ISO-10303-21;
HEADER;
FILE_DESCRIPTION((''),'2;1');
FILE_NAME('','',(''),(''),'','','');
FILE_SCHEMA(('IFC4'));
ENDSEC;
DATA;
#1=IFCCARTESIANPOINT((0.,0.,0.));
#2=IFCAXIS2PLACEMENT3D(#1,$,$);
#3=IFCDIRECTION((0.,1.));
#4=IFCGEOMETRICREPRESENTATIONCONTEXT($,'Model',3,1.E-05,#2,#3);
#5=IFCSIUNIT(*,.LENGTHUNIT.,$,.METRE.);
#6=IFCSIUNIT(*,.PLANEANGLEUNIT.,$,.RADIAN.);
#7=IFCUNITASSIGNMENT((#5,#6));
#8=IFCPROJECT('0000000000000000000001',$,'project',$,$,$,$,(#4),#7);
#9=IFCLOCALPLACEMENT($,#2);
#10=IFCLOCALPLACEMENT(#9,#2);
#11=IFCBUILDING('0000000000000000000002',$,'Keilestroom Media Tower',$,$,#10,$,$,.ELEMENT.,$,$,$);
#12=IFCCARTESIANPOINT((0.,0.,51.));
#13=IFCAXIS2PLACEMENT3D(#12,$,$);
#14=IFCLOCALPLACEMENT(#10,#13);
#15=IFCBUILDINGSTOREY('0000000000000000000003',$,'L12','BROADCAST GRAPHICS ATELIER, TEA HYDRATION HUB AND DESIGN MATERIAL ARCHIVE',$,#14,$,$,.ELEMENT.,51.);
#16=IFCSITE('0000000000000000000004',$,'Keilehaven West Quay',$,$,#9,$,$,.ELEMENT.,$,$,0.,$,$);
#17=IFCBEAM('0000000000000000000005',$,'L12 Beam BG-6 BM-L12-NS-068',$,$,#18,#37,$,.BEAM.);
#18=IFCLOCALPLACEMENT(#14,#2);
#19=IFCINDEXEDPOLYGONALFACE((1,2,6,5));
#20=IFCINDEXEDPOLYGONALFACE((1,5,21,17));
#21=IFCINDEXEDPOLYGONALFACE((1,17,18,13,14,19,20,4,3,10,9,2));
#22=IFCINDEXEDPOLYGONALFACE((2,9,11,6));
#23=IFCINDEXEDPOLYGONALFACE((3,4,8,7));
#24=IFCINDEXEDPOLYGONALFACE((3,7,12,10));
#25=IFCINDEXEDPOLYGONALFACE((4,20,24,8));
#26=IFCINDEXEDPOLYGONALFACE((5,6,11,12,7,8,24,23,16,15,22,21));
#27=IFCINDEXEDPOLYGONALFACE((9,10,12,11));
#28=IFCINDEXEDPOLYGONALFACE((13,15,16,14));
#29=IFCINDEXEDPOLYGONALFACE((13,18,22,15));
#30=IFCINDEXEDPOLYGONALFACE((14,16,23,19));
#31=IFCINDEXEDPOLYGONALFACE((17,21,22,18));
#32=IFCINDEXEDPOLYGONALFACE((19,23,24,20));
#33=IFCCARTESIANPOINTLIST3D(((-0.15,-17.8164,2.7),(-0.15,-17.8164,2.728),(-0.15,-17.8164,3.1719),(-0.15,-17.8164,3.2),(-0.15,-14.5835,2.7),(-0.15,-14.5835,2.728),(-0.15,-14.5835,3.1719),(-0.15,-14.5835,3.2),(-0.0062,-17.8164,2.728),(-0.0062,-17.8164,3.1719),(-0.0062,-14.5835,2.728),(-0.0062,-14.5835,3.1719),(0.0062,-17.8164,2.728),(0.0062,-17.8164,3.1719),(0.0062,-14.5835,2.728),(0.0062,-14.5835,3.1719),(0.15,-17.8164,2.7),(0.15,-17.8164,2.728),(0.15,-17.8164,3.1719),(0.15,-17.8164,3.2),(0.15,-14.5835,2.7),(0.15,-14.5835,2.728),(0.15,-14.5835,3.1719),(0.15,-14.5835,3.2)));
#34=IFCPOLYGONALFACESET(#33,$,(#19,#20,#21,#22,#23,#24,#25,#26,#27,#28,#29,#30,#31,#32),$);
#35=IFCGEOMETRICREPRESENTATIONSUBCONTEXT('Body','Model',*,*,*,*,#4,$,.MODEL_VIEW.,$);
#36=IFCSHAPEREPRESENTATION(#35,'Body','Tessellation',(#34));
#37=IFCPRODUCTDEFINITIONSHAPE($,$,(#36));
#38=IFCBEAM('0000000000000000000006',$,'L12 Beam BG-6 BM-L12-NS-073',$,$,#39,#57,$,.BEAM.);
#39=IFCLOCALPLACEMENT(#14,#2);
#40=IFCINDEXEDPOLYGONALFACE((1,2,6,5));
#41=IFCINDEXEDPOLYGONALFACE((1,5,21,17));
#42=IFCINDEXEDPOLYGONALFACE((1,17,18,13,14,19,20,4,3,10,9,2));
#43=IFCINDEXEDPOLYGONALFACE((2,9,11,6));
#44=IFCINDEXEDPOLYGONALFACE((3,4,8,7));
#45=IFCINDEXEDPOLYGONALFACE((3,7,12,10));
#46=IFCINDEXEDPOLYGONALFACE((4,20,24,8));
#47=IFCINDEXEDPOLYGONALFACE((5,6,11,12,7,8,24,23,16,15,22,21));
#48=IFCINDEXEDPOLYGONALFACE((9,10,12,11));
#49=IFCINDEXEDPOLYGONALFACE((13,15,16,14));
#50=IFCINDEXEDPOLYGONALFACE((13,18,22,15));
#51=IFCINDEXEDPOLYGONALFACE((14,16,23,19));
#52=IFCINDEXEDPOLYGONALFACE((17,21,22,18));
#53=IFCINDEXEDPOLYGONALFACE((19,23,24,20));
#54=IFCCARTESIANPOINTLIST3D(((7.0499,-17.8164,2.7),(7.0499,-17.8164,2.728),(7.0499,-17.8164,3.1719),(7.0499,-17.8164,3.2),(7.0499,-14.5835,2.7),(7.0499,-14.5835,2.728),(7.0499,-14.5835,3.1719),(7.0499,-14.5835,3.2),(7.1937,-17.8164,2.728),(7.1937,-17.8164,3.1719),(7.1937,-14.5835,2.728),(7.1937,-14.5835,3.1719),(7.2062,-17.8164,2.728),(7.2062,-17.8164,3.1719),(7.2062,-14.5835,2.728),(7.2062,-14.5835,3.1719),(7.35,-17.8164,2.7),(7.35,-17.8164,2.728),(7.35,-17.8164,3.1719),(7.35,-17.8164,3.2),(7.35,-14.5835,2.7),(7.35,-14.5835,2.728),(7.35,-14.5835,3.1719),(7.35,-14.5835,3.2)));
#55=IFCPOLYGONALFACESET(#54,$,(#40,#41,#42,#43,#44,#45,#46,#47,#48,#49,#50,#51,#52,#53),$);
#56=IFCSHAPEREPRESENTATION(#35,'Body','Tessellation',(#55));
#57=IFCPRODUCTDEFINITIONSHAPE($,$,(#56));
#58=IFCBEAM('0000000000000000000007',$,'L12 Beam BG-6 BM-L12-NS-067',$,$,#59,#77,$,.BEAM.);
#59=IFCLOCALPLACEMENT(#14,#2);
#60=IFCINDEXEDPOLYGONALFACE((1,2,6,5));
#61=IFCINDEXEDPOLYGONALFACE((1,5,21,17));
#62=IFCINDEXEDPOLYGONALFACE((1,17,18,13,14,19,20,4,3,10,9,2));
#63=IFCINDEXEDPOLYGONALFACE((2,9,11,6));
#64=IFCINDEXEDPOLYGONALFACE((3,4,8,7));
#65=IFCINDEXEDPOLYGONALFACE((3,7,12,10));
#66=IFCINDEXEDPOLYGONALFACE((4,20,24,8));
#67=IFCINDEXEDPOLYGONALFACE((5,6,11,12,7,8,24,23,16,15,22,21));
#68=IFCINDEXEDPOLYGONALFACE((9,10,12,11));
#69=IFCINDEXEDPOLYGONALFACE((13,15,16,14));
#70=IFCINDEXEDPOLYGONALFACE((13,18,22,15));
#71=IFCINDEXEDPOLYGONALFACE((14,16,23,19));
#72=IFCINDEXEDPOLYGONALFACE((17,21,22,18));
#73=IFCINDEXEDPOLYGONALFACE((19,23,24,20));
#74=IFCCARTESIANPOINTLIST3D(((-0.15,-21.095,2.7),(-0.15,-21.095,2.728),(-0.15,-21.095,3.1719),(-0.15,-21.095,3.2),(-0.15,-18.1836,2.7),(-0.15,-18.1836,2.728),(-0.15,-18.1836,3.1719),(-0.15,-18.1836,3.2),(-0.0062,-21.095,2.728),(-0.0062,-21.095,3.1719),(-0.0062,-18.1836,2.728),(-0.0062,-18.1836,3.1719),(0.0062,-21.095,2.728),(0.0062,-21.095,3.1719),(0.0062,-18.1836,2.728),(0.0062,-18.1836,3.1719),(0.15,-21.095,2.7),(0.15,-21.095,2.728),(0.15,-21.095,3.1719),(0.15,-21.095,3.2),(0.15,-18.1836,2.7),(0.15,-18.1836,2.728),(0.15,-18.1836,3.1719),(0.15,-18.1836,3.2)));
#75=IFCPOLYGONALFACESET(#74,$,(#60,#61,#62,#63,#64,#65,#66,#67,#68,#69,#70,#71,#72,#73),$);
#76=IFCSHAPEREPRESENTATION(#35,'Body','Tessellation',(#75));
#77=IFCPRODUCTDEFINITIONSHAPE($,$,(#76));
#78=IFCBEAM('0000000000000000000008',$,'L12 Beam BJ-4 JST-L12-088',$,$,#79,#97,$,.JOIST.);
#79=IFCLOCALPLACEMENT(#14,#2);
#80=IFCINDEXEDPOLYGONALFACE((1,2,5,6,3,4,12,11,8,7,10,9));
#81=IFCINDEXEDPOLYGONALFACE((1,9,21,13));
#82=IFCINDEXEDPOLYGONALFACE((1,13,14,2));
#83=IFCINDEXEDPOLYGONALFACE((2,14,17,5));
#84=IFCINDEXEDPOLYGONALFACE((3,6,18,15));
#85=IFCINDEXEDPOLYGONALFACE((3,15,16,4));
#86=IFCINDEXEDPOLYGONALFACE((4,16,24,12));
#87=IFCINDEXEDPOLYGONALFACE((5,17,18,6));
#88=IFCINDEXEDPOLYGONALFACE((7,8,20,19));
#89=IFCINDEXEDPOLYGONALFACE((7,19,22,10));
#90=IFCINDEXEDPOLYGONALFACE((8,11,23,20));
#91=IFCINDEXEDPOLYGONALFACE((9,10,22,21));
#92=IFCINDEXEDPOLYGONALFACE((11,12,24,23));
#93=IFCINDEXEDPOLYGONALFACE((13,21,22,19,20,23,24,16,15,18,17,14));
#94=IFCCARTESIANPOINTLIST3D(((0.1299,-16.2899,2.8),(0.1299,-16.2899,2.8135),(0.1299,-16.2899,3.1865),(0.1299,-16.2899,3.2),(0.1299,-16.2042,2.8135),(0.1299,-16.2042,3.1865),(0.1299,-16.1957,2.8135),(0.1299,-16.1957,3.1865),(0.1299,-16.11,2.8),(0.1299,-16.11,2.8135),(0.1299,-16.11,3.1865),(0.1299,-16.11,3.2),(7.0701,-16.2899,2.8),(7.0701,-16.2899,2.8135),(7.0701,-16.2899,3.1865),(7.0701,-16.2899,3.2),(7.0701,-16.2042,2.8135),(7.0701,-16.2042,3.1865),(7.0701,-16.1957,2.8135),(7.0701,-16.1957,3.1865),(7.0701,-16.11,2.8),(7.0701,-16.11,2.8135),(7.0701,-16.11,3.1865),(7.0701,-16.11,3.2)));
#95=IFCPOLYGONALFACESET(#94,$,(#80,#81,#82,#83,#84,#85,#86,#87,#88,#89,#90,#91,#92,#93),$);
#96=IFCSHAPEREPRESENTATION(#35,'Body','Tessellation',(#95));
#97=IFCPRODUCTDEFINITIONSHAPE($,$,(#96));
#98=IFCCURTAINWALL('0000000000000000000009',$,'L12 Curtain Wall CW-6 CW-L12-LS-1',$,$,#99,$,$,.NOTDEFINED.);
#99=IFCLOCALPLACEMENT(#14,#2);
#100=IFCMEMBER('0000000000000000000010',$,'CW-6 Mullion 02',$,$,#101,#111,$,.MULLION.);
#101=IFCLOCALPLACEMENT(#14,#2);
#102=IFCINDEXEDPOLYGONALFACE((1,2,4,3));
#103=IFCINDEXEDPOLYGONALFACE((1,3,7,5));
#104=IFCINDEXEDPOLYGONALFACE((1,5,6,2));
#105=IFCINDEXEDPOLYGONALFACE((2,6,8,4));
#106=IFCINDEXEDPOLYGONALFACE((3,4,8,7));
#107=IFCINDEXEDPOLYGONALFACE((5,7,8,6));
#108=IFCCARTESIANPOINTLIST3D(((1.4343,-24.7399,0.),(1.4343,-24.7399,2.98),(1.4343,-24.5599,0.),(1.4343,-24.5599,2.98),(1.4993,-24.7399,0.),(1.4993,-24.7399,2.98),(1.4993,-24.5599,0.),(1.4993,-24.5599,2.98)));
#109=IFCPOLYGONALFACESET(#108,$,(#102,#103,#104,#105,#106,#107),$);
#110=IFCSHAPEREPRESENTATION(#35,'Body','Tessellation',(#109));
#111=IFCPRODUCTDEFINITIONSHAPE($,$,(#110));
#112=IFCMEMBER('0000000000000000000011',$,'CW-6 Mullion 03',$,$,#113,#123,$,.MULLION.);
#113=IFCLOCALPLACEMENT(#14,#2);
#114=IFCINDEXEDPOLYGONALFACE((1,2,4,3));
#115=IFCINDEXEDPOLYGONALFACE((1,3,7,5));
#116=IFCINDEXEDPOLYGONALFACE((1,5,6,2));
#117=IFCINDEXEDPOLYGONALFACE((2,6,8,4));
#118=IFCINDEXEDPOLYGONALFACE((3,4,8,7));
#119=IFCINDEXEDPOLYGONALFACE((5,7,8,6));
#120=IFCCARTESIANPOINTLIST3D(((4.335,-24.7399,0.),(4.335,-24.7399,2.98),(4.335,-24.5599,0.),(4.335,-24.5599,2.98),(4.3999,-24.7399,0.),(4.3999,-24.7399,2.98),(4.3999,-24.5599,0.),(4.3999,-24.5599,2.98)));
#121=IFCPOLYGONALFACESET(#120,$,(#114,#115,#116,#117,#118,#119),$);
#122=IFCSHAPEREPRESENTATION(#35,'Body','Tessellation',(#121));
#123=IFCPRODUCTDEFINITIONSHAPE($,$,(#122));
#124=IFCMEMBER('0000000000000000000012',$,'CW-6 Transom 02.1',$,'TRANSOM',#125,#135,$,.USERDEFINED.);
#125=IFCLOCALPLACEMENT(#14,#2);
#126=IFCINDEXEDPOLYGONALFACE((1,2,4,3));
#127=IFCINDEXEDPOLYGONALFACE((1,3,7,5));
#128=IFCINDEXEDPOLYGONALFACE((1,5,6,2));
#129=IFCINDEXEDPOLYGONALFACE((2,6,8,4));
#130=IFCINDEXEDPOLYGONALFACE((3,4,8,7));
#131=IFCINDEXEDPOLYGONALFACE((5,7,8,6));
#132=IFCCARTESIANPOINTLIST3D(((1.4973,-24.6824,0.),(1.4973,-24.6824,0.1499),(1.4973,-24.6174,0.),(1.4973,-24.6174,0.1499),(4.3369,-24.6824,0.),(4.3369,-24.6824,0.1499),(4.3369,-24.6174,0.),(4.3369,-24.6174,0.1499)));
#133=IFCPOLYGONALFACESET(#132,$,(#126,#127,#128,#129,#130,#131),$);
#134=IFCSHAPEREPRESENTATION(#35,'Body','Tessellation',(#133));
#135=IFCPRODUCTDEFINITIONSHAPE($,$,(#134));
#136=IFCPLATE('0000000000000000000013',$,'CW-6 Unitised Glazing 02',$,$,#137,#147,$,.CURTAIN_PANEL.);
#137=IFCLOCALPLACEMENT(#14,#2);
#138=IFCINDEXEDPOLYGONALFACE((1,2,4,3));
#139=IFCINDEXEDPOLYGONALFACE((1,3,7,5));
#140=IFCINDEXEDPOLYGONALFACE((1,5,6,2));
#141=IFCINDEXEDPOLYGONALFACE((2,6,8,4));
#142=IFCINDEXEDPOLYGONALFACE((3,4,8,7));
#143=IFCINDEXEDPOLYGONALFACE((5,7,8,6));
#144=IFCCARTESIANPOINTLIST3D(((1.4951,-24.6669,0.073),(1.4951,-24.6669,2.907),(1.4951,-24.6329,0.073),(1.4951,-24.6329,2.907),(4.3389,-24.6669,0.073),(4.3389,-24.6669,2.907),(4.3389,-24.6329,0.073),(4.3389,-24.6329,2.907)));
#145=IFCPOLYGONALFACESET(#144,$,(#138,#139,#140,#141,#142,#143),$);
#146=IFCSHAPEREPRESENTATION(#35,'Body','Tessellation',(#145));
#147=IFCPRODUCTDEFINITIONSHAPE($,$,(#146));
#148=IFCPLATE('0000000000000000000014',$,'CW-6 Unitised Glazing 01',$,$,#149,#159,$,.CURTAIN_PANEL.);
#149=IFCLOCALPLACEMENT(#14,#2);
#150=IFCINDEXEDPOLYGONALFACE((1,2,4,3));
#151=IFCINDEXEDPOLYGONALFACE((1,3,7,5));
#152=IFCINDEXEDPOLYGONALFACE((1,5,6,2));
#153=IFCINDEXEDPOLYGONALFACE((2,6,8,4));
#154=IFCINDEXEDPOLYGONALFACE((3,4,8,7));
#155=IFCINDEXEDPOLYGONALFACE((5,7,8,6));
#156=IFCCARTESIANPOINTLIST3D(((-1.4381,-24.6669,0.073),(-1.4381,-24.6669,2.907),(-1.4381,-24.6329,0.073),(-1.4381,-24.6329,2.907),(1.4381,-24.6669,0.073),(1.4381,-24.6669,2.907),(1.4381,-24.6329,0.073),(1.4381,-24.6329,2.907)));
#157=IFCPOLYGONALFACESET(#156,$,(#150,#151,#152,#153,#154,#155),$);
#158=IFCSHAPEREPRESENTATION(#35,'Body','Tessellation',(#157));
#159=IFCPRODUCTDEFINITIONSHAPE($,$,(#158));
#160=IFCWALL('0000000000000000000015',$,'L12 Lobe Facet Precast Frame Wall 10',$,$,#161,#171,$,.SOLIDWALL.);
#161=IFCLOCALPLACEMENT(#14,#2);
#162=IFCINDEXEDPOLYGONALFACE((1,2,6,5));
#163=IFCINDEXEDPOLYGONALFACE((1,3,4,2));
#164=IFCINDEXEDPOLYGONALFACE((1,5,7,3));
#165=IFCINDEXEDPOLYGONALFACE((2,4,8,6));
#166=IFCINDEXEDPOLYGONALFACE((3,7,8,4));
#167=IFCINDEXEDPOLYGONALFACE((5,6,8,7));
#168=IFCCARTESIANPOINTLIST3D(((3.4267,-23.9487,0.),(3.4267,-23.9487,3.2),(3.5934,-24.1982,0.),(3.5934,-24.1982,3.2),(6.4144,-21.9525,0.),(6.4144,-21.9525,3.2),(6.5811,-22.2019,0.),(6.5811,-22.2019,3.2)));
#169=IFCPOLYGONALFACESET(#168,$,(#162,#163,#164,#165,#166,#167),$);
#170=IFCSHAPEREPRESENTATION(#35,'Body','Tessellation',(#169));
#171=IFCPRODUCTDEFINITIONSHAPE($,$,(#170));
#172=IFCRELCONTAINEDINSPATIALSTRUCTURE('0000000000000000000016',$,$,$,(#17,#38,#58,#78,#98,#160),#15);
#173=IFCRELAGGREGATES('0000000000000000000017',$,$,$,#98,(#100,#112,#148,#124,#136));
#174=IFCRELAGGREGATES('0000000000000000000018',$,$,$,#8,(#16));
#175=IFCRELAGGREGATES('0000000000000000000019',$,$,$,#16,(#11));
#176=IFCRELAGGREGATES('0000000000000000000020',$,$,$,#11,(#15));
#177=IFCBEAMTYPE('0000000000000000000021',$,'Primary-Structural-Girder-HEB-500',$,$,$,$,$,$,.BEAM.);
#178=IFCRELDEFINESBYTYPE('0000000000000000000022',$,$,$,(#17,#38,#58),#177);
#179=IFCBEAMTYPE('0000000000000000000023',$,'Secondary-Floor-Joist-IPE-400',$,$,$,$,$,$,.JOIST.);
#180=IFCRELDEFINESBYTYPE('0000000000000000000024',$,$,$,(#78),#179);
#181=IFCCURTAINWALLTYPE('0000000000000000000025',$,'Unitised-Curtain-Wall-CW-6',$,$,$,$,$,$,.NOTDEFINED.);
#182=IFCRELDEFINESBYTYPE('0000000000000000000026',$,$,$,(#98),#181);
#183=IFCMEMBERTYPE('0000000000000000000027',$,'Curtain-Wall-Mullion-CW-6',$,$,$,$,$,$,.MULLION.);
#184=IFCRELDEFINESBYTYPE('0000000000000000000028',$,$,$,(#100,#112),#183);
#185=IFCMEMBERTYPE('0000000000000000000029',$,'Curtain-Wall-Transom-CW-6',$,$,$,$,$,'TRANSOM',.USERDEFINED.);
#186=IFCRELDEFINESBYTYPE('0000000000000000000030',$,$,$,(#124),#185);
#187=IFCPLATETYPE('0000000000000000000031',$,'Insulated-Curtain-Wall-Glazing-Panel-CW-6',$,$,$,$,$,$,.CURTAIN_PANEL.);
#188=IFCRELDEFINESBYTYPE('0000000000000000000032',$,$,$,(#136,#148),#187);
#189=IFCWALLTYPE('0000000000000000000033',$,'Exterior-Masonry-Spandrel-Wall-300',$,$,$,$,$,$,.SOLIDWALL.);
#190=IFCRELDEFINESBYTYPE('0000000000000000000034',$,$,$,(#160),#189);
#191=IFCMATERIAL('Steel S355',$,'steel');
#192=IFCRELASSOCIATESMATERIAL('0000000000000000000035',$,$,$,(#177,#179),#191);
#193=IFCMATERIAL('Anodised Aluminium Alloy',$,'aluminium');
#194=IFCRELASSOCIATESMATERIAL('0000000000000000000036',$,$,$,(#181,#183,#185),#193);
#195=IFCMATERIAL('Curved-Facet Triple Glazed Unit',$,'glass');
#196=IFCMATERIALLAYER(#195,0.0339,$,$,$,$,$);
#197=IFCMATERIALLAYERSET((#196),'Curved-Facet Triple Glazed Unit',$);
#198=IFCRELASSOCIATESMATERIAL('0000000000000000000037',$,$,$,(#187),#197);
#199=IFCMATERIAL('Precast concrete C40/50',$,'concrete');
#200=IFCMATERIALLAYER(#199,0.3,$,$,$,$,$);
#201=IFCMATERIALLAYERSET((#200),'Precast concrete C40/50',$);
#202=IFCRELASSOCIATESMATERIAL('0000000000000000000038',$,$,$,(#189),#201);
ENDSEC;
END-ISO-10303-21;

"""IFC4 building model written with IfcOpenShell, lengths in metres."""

from ifc_helpers import new_model, si_unit, direction, frame, frame_2d, origin, origin_2d, place, context, subcontext, project, spatial, rectangle, i_section, extrude, source, transform, mapped, material, layer, layer_set, material_profile, profile_set, type_object, element, aggregate, save


model = new_model("IFC4")

# Units and contexts
model_context = context("Model", 3, precision=1e-05, world=origin(), true_north=direction((0.0, 1.0)))
body_context = subcontext(model_context, "Body", "Model", "MODEL_VIEW")
ifc_project = project(units=[si_unit("LENGTHUNIT", "METRE"), si_unit("PLANEANGLEUNIT", "RADIAN")], contexts=[model_context])

# Site, building, storey
site_placement = place(None, origin())
site = spatial("IfcSite", under=ifc_project, at=site_placement, Name="Keilehaven West Quay", CompositionType="ELEMENT", RefElevation=0.0)
building_placement = place(site_placement, origin())
building = spatial("IfcBuilding", under=site, at=building_placement, Name="Keilestroom Media Tower", CompositionType="ELEMENT")
storey_placement = place(building_placement, frame((0.0, 0.0, 51.0)))
storey = spatial("IfcBuildingStorey", under=building, at=storey_placement, Name="L12", Description="BROADCAST GRAPHICS ATELIER, TEA HYDRATION HUB AND DESIGN MATERIAL ARCHIVE", CompositionType="ELEMENT", Elevation=51.0)

# Beams
ifc_material_1 = material(Name="Steel S355", Category="steel")
ifc_material_profile_1 = material_profile(ifc_material_1, i_section(OverallWidth=0.3, OverallDepth=0.5, WebThickness=0.0125, FlangeThickness=0.0281, at=origin_2d()), Name="HEB 500")
ifc_profile_set_1 = profile_set([ifc_material_profile_1], Name="Steel S355")
beam_type_1 = type_object("IfcBeamType", Name="Primary-Structural-Girder-HEB-500", PredefinedType="BEAM", material=ifc_profile_set_1)
shared_shape_1 = source(origin(), body_context, "Body", "SweptSolid", [
    extrude(i_section(OverallWidth=0.3, OverallDepth=0.5, WebThickness=0.0125, FlangeThickness=0.0281, at=origin_2d()), origin(), (0.0, 0.0, 1.0), 3.2329),
])
for number, where, z_axis, x_axis, name in (
    (1, (0.0, -17.8164, 2.95), (0.0, 1.0, 0.0), (-1.0, 0.0, 0.0), "L12 Beam BG-6 BM-L12-NS-068"),
    (2, (7.2, -17.8164, 2.95), (0.0, 1.0, 0.0), (-1.0, 0.0, 0.0), "L12 Beam BG-6 BM-L12-NS-073"),
):
    element("IfcBeam", number, at=place(storey_placement, frame(where, z_axis=z_axis, x_axis=x_axis)), inside=storey, type_object=beam_type_1, Name=name, PredefinedType="BEAM", context=body_context, shape_type="MappedRepresentation", body=[
        mapped(shared_shape_1, transform((0.0, 0.0, 0.0), x_axis=(1.0, 0.0, 0.0), y_axis=(0.0, 1.0, 0.0), z_axis=(0.0, 0.0, 1.0), scale=1.0)),
    ])
shared_shape_2 = source(origin(), body_context, "Body", "SweptSolid", [
    extrude(i_section(OverallWidth=0.3, OverallDepth=0.5, WebThickness=0.0125, FlangeThickness=0.0281, at=origin_2d()), origin(), (0.0, 0.0, 1.0), 2.9114),
])
beam_1_placement = place(storey_placement, frame((0.0, -21.095, 2.95), z_axis=(0.0, 1.0, 0.0), x_axis=(-1.0, 0.0, 0.0)))
element("IfcBeam", 3, at=beam_1_placement, inside=storey, type_object=beam_type_1, Name="L12 Beam BG-6 BM-L12-NS-067", PredefinedType="BEAM", context=body_context, shape_type="MappedRepresentation", body=[
    mapped(shared_shape_2, transform((0.0, 0.0, 0.0), x_axis=(1.0, 0.0, 0.0), y_axis=(0.0, 1.0, 0.0), z_axis=(0.0, 0.0, 1.0), scale=1.0)),
])
ifc_material_profile_2 = material_profile(ifc_material_1, i_section(OverallWidth=0.1799, OverallDepth=0.3999, WebThickness=0.0085, FlangeThickness=0.0134, at=origin_2d()), Name="IPE 400")
ifc_profile_set_2 = profile_set([ifc_material_profile_2], Name="Steel S355")
beam_type_2 = type_object("IfcBeamType", Name="Secondary-Floor-Joist-IPE-400", PredefinedType="JOIST", material=ifc_profile_set_2)
shared_shape_3 = source(origin(), body_context, "Body", "SweptSolid", [
    extrude(i_section(OverallWidth=0.1799, OverallDepth=0.3999, WebThickness=0.0085, FlangeThickness=0.0134, at=origin_2d()), origin(), (0.0, 0.0, 1.0), 6.9402),
])
beam_2_placement = place(storey_placement, frame((0.1299, -16.2, 3.0), z_axis=(1.0, 0.0, 0.0), x_axis=(0.0, 1.0, 0.0)))
element("IfcBeam", 4, at=beam_2_placement, inside=storey, type_object=beam_type_2, Name="L12 Beam BJ-4 JST-L12-088", PredefinedType="JOIST", context=body_context, shape_type="MappedRepresentation", body=[
    mapped(shared_shape_3, transform((0.0, 0.0, 0.0), x_axis=(1.0, 0.0, 0.0), y_axis=(0.0, 1.0, 0.0), z_axis=(0.0, 0.0, 1.0), scale=1.0)),
])

# Curtain wall, members, plates
ifc_material_2 = material(Name="Anodised Aluminium Alloy", Category="aluminium")
curtain_wall_type = type_object("IfcCurtainWallType", Name="Unitised-Curtain-Wall-CW-6", PredefinedType="NOTDEFINED", material=ifc_material_2)
curtain_wall_placement = place(storey_placement, origin())
curtain_wall = element("IfcCurtainWall", 5, at=curtain_wall_placement, inside=storey, type_object=curtain_wall_type, Name="L12 Curtain Wall CW-6 CW-L12-LS-1", PredefinedType="NOTDEFINED")
ifc_material_profile_3 = material_profile(ifc_material_2, rectangle(XDim=0.0649, YDim=0.1799, at=origin_2d()), Name="ALU MULLION 65x180")
ifc_profile_set_3 = profile_set([ifc_material_profile_3], Name="Anodised Aluminium Alloy")
member_type_1 = type_object("IfcMemberType", Name="Curtain-Wall-Mullion-CW-6", PredefinedType="MULLION", material=ifc_profile_set_3)
shared_shape_4 = source(origin(), body_context, "Body", "SweptSolid", [
    extrude(rectangle(XDim=0.0649, YDim=0.1799, at=origin_2d()), origin(), (0.0, 0.0, 1.0), 2.98),
])
member_1_placement = place(storey_placement, frame((1.4668, -24.6499, 0.0), z_axis=(0.0, 0.0, 1.0), x_axis=(1.0, 0.0, 0.0)))
member_1 = element("IfcMember", 6, at=member_1_placement, type_object=member_type_1, Name="CW-6 Mullion 02", PredefinedType="MULLION", context=body_context, shape_type="MappedRepresentation", body=[
    mapped(shared_shape_4, transform((0.0, 0.0, 0.0), x_axis=(1.0, 0.0, 0.0), y_axis=(0.0, 1.0, 0.0), z_axis=(0.0, 0.0, 1.0), scale=1.0)),
])
member_2_placement = place(storey_placement, frame((4.3674, -24.6499, 0.0), z_axis=(0.0, 0.0, 1.0), x_axis=(1.0, 0.0, 0.0)))
member_2 = element("IfcMember", 7, at=member_2_placement, type_object=member_type_1, Name="CW-6 Mullion 03", PredefinedType="MULLION", context=body_context, shape_type="MappedRepresentation", body=[
    mapped(shared_shape_4, transform((0.0, 0.0, 0.0), x_axis=(1.0, 0.0, 0.0), y_axis=(0.0, 1.0, 0.0), z_axis=(0.0, 0.0, 1.0), scale=1.0)),
])
ifc_material_profile_4 = material_profile(ifc_material_2, rectangle(XDim=0.0649, YDim=0.1499, at=origin_2d()), Name="ALU TRANSOM 65x150")
ifc_profile_set_4 = profile_set([ifc_material_profile_4], Name="Anodised Aluminium Alloy")
member_type_2 = type_object("IfcMemberType", Name="Curtain-Wall-Transom-CW-6", ElementType="TRANSOM", PredefinedType="USERDEFINED", material=ifc_profile_set_4)
shared_shape_5 = source(origin(), body_context, "Body", "SweptSolid", [
    extrude(rectangle(XDim=0.0649, YDim=0.1499, at=origin_2d()), origin(), (0.0, 0.0, 1.0), 2.8396),
])
member_3_placement = place(storey_placement, frame((1.4973, -24.6499, 0.075), z_axis=(1.0, 0.0, 0.0), x_axis=(0.0, 1.0, 0.0)))
member_3 = element("IfcMember", 8, at=member_3_placement, type_object=member_type_2, Name="CW-6 Transom 02.1", ObjectType="TRANSOM", PredefinedType="USERDEFINED", context=body_context, shape_type="MappedRepresentation", body=[
    mapped(shared_shape_5, transform((0.0, 0.0, 0.0), x_axis=(1.0, 0.0, 0.0), y_axis=(0.0, 1.0, 0.0), z_axis=(0.0, 0.0, 1.0), scale=1.0)),
])
ifc_material_3 = material(Name="Curved-Facet Triple Glazed Unit", Category="glass")
ifc_layer_1 = layer(ifc_material_3, 0.0339)
ifc_layer_set_1 = layer_set([ifc_layer_1], Name="Curved-Facet Triple Glazed Unit")
plate_type = type_object("IfcPlateType", Name="Insulated-Curtain-Wall-Glazing-Panel-CW-6", PredefinedType="CURTAIN_PANEL", material=ifc_layer_set_1)
shared_shape_6 = source(origin(), body_context, "Body", "SweptSolid", [
    extrude(rectangle(XDim=2.8438, YDim=0.0339, at=origin_2d()), origin(), (0.0, 0.0, 1.0), 2.834),
])
plate_1_placement = place(storey_placement, frame((2.917, -24.6499, 0.073), z_axis=(0.0, 0.0, 1.0), x_axis=(1.0, 0.0, 0.0)))
plate_1 = element("IfcPlate", 9, at=plate_1_placement, type_object=plate_type, Name="CW-6 Unitised Glazing 02", PredefinedType="CURTAIN_PANEL", context=body_context, shape_type="MappedRepresentation", body=[
    mapped(shared_shape_6, transform((0.0, 0.0, 0.0), x_axis=(1.0, 0.0, 0.0), y_axis=(0.0, 1.0, 0.0), z_axis=(0.0, 0.0, 1.0), scale=1.0)),
])
shared_shape_7 = source(origin(), body_context, "Body", "SweptSolid", [
    extrude(rectangle(XDim=2.8762, YDim=0.0339, at=origin_2d()), origin(), (0.0, 0.0, 1.0), 2.834),
])
plate_2_placement = place(storey_placement, frame((0.0, -24.6499, 0.073), z_axis=(0.0, 0.0, 1.0), x_axis=(1.0, 0.0, 0.0)))
plate_2 = element("IfcPlate", 10, at=plate_2_placement, type_object=plate_type, Name="CW-6 Unitised Glazing 01", PredefinedType="CURTAIN_PANEL", context=body_context, shape_type="MappedRepresentation", body=[
    mapped(shared_shape_7, transform((0.0, 0.0, 0.0), x_axis=(1.0, 0.0, 0.0), y_axis=(0.0, 1.0, 0.0), z_axis=(0.0, 0.0, 1.0), scale=1.0)),
])
aggregate(curtain_wall, [member_1, member_2, plate_2, member_3, plate_1])

# Wall
ifc_material_4 = material(Name="Precast concrete C40/50", Category="concrete")
ifc_layer_2 = layer(ifc_material_4, 0.3)
ifc_layer_set_2 = layer_set([ifc_layer_2], Name="Precast concrete C40/50")
wall_type_1 = type_object("IfcWallType", Name="Exterior-Masonry-Spandrel-Wall-300", PredefinedType="SOLIDWALL", material=ifc_layer_set_2)
wall_1_placement = place(storey_placement, frame((3.51, -24.0735, 0.0), z_axis=(0.0, 0.0, 1.0), x_axis=(0.831475, 0.555562, 0.0)))
element("IfcWall", 11, at=wall_1_placement, inside=storey, type_object=wall_type_1, Name="L12 Lobe Facet Precast Frame Wall 10", PredefinedType="SOLIDWALL", context=body_context, shape_type="SweptSolid", body=[
    extrude(rectangle(XDim=3.5933, YDim=0.3, at=frame_2d((1.7966, 0.0))), origin(), (0.0, 0.0, 1.0), 3.2),
])

save(model, "model.ifc")
